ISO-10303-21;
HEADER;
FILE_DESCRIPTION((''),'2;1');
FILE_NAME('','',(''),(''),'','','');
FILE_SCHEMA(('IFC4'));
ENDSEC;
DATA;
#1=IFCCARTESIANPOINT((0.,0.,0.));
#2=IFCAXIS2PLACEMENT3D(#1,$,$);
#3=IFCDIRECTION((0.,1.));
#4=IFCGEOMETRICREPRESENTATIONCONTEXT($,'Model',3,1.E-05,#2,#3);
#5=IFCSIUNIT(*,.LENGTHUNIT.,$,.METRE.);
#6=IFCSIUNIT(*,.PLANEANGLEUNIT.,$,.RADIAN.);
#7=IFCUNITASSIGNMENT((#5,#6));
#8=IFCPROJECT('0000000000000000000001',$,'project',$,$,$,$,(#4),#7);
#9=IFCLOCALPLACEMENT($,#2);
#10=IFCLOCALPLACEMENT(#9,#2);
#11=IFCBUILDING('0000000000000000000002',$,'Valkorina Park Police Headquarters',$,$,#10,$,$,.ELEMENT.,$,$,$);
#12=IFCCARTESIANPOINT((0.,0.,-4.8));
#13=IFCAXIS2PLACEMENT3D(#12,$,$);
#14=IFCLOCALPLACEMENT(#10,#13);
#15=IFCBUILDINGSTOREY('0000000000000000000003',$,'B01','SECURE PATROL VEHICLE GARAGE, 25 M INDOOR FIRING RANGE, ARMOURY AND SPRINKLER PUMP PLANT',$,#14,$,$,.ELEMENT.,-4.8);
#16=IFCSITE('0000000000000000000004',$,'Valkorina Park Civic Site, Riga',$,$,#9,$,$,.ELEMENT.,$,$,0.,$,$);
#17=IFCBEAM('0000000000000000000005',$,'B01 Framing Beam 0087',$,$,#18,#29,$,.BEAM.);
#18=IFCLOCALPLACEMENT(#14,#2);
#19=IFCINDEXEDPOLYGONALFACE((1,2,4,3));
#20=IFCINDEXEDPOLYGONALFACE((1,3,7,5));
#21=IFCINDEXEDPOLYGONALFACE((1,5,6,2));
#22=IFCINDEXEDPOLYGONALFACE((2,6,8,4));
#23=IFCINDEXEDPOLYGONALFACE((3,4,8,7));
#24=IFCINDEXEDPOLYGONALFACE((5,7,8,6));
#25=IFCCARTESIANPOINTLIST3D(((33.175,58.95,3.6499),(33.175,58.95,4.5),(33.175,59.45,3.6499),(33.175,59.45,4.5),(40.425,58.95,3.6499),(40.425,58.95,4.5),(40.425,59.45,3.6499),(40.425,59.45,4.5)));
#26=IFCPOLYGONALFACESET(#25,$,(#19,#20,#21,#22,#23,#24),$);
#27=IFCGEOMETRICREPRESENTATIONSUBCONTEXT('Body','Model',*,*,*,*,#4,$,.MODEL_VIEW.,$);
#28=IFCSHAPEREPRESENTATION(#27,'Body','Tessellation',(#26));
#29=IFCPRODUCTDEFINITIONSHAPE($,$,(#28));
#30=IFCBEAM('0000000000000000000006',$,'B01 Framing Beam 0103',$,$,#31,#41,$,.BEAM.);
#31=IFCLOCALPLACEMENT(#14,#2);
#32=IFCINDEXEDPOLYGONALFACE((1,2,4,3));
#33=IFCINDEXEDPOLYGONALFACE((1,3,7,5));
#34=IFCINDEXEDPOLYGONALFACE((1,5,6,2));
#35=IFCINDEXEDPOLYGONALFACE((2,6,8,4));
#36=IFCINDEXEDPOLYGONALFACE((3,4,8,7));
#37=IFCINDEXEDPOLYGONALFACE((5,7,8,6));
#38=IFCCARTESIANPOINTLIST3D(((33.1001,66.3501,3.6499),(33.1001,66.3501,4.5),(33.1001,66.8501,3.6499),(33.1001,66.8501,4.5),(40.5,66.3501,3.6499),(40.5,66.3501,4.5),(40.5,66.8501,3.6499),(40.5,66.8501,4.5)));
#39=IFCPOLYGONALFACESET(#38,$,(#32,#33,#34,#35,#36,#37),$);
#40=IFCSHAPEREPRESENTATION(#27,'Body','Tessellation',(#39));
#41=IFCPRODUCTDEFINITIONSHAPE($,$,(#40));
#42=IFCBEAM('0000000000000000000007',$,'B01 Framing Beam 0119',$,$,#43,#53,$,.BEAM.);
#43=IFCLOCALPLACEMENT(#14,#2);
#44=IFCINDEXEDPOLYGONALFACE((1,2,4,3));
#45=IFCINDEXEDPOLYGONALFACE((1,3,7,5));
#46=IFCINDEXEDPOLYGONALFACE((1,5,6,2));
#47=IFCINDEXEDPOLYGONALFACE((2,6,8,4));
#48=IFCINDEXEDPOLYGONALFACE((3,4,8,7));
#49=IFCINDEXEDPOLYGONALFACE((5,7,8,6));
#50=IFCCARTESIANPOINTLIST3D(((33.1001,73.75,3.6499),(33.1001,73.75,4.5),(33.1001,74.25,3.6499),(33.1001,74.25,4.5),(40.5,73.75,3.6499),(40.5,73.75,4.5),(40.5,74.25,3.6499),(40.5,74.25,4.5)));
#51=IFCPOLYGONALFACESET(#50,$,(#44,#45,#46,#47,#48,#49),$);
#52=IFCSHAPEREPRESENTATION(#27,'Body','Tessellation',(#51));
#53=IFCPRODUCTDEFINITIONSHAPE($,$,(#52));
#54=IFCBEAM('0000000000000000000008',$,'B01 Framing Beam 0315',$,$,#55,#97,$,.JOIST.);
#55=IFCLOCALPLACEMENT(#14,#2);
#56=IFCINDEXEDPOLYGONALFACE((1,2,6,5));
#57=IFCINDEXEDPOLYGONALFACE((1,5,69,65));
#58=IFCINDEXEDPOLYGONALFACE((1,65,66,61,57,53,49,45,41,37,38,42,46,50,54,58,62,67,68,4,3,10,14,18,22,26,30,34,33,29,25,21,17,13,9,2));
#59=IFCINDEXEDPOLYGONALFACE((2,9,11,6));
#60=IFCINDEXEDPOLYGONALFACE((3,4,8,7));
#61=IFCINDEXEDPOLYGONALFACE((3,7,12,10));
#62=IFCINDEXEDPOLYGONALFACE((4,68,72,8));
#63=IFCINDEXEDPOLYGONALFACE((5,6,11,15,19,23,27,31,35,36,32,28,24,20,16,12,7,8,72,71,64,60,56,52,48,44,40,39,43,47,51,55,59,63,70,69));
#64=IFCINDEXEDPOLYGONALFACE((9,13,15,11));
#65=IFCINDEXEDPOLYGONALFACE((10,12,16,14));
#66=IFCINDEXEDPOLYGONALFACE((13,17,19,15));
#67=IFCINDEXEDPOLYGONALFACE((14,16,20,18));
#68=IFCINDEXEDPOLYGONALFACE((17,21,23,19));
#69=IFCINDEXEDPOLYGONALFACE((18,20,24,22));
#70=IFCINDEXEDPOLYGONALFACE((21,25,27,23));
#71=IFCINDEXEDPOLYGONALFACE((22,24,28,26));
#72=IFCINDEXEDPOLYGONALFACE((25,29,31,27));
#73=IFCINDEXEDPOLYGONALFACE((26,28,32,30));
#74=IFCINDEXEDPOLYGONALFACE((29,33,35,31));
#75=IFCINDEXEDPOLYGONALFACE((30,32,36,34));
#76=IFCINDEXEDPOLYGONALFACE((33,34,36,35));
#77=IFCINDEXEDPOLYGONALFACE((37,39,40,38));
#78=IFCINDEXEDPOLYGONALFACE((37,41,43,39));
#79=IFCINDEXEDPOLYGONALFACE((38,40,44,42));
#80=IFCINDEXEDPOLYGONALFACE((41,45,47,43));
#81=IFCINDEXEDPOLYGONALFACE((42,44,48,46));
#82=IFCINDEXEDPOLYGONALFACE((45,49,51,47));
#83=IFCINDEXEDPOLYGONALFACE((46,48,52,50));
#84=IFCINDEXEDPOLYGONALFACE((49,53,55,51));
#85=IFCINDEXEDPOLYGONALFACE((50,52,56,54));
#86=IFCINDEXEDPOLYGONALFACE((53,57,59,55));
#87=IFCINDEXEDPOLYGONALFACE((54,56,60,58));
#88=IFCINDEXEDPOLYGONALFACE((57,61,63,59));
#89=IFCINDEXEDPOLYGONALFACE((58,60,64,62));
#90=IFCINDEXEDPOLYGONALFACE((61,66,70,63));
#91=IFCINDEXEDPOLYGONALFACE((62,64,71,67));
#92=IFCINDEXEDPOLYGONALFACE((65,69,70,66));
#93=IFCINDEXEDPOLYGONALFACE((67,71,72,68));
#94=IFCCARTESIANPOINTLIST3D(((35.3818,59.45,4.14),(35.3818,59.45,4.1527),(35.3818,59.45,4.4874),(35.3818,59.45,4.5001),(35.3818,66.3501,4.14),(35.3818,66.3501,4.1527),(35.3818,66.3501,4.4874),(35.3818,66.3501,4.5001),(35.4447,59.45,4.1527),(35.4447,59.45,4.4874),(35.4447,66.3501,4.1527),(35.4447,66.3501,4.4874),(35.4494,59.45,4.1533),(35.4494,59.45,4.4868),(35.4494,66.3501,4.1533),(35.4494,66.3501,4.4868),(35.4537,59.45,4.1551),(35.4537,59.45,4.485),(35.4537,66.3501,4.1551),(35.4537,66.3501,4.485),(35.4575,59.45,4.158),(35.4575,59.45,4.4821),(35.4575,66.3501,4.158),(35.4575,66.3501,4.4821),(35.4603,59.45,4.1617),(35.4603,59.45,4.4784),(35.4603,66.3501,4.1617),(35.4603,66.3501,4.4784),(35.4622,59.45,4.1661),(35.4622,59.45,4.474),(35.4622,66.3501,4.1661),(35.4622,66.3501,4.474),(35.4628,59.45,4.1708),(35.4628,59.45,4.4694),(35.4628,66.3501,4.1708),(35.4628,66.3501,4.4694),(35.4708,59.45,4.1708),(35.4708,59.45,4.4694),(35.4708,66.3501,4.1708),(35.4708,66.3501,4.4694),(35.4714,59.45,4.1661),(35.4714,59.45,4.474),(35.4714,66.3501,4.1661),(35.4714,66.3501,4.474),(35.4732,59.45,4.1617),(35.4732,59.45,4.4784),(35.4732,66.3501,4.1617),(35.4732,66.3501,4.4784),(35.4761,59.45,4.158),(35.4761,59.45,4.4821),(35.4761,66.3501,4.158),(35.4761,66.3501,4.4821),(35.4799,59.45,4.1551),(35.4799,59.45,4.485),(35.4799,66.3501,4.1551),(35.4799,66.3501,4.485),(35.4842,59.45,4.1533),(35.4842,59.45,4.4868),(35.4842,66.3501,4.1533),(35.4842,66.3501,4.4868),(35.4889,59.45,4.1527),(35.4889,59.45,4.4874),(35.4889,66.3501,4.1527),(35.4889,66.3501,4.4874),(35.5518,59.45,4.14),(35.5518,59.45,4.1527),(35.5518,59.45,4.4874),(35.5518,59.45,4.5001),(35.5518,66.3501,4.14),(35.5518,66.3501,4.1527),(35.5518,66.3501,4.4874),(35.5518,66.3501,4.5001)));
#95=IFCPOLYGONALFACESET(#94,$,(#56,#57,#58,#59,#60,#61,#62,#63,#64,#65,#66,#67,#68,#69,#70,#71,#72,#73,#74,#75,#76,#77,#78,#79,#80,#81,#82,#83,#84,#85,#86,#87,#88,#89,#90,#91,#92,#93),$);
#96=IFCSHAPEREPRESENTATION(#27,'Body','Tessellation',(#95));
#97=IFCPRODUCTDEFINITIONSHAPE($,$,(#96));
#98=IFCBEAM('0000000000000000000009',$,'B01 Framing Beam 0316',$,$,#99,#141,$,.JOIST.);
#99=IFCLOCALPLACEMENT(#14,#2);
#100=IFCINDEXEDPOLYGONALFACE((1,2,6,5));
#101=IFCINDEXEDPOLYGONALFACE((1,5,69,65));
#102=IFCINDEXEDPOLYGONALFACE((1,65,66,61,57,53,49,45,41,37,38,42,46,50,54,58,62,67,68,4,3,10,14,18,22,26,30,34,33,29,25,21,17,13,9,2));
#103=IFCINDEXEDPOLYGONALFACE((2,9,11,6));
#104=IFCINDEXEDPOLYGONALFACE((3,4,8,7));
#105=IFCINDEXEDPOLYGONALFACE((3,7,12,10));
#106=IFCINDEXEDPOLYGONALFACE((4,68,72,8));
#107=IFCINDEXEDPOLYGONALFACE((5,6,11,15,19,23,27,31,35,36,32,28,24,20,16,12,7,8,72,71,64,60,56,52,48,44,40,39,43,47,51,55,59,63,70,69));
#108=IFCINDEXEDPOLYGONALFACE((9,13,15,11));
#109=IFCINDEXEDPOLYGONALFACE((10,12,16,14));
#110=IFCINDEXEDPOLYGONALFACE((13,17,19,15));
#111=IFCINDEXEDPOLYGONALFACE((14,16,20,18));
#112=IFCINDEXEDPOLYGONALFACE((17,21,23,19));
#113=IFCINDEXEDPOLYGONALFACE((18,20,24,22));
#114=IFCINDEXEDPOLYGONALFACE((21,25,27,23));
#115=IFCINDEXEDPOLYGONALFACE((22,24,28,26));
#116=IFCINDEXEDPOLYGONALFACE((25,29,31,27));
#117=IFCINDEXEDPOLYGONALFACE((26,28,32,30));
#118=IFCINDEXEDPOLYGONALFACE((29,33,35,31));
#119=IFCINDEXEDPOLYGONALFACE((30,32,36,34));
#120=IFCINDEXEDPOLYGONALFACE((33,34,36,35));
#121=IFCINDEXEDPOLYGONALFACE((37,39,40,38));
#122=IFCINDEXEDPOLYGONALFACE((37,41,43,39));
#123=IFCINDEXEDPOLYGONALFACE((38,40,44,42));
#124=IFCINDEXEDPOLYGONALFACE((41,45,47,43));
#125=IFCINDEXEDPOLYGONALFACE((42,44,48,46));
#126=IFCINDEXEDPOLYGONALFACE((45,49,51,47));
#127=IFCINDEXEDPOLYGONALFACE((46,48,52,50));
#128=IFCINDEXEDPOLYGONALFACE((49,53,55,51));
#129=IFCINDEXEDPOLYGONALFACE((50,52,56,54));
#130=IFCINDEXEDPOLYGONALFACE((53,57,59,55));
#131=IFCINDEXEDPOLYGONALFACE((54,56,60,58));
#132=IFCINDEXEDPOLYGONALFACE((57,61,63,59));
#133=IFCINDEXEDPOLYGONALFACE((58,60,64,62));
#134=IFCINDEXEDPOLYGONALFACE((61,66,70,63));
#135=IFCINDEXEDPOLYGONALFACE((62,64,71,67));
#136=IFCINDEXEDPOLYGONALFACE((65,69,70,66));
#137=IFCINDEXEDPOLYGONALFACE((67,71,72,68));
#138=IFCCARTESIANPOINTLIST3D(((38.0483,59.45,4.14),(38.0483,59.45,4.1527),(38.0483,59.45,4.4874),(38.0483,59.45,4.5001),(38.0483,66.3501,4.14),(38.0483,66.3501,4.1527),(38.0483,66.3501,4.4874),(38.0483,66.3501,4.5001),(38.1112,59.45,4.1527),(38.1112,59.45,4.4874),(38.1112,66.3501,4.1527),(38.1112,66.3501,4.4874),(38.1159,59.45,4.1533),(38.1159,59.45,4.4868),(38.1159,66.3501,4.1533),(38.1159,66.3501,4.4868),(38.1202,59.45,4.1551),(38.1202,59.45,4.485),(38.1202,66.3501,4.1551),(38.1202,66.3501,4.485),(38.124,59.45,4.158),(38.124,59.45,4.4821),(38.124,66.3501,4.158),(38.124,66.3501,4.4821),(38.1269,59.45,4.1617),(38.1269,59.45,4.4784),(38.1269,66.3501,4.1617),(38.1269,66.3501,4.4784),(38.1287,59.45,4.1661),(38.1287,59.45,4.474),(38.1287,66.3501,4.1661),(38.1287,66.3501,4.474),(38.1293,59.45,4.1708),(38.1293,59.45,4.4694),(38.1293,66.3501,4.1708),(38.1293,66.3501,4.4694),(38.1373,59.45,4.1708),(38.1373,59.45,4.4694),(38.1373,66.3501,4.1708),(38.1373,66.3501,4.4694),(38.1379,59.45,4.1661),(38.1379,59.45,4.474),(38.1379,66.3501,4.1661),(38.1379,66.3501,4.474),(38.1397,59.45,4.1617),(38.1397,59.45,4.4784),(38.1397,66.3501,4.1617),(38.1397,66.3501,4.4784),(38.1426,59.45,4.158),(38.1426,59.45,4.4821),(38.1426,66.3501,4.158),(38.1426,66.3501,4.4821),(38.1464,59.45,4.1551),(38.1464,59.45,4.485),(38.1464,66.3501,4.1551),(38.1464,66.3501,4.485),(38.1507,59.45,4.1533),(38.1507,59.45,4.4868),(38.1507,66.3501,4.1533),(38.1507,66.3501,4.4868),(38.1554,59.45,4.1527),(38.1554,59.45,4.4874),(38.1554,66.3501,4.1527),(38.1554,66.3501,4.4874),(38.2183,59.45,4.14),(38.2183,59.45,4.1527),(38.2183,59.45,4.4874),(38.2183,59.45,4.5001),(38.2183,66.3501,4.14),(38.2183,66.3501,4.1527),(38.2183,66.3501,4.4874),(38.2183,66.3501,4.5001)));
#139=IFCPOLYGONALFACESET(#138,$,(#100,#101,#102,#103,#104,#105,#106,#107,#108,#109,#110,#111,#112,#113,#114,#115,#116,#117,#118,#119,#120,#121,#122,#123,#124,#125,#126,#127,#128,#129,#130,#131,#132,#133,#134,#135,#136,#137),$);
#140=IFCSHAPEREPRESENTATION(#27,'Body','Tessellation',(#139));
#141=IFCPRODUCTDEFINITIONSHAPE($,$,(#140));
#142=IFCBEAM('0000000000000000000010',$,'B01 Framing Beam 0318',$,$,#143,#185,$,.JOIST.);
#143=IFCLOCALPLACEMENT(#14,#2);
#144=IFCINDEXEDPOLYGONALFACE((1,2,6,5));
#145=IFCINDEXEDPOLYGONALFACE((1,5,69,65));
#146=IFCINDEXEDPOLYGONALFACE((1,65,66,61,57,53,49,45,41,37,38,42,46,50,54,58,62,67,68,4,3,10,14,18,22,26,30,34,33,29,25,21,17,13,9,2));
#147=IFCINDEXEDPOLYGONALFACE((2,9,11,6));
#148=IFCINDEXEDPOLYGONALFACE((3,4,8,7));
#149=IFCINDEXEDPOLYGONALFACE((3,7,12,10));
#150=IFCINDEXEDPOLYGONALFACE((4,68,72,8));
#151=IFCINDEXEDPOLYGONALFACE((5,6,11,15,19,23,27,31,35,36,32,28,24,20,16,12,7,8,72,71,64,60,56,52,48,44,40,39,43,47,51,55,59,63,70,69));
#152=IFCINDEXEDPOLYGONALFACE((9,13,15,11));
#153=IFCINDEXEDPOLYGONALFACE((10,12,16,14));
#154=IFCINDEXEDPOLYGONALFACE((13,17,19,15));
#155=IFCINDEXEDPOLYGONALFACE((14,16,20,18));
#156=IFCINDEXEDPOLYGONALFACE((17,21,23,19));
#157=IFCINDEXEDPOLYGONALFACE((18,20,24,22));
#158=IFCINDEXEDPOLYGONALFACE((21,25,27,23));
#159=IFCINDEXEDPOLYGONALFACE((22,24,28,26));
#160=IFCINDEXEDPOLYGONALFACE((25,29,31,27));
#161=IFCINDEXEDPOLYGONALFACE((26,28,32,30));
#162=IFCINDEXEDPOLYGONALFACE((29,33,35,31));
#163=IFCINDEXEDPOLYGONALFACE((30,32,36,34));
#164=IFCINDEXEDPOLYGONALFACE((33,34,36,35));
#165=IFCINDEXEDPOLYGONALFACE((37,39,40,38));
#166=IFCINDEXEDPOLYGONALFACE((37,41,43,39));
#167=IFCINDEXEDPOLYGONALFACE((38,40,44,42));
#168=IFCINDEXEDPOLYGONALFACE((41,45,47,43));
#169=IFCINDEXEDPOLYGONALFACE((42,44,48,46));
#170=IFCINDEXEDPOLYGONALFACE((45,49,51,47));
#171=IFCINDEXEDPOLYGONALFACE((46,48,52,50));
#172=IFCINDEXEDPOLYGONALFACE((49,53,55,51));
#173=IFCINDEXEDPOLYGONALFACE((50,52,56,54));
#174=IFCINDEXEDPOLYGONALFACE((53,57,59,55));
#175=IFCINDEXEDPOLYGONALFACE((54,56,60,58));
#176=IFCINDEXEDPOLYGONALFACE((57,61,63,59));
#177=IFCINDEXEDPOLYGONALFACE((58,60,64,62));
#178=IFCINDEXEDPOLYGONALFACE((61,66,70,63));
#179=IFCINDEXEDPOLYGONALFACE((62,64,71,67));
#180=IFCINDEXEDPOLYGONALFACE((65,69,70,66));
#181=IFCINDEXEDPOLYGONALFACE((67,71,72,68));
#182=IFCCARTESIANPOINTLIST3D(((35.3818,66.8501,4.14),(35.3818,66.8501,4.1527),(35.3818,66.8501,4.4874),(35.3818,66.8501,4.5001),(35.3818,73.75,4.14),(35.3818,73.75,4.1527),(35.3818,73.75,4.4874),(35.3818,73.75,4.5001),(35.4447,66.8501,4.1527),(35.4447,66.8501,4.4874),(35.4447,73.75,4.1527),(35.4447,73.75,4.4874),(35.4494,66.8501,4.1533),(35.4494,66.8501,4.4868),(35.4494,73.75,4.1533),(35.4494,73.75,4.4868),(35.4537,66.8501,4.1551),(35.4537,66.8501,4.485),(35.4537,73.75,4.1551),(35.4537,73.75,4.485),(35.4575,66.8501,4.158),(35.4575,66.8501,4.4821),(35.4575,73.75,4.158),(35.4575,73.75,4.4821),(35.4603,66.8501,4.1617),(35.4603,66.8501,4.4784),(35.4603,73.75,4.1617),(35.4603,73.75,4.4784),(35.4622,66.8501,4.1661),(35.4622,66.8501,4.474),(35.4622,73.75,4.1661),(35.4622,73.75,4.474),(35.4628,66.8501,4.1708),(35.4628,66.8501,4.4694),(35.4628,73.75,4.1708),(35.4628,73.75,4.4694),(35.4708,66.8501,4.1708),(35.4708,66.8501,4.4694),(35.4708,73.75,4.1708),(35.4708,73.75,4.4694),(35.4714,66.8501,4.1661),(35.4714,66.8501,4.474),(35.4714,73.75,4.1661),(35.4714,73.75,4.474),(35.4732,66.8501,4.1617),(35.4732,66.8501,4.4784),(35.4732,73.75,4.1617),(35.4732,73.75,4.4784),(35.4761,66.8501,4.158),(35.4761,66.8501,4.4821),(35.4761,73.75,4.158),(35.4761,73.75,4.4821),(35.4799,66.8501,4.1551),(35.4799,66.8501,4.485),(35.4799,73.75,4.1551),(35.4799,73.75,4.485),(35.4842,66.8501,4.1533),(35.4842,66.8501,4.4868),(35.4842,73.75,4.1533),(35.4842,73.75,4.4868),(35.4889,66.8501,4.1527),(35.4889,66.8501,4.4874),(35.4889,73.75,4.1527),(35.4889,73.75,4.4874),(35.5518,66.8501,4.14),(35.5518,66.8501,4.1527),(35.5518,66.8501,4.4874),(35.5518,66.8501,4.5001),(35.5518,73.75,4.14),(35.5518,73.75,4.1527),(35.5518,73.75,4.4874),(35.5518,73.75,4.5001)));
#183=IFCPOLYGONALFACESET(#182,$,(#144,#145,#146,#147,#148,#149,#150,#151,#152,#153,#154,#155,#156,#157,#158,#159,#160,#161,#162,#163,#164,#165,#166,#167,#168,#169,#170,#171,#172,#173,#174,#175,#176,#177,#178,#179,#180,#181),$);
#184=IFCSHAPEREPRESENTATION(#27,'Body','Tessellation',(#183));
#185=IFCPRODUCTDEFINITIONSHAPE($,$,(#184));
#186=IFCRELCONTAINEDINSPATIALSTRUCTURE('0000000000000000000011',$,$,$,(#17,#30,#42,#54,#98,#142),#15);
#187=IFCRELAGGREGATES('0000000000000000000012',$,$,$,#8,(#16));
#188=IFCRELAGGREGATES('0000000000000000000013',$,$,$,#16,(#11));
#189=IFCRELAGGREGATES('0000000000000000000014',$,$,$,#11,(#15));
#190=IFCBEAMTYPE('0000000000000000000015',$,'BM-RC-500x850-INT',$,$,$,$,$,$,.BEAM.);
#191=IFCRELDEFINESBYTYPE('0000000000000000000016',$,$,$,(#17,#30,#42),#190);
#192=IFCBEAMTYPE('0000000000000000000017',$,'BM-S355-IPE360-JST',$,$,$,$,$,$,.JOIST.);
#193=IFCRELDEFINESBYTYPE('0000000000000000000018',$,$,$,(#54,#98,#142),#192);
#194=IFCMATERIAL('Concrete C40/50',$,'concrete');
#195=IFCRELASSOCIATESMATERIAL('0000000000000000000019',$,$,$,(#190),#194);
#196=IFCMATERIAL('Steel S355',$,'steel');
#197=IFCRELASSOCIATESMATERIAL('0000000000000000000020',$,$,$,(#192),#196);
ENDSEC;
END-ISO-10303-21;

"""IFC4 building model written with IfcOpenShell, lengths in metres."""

from ifc_helpers import new_model, si_unit, direction, frame, origin, origin_2d, place, context, subcontext, project, spatial, rectangle, i_section, extrude, material, material_profile, profile_set, type_object, element, save


model = new_model("IFC4")

# Units and contexts
model_context = context("Model", 3, precision=1e-05, world=origin(), true_north=direction((0.0, 1.0)))
body_context = subcontext(model_context, "Body", "Model", "MODEL_VIEW")
ifc_project = project(units=[si_unit("LENGTHUNIT", "METRE"), si_unit("PLANEANGLEUNIT", "RADIAN")], contexts=[model_context])

# Site, building, storey
site_placement = place(None, origin())
site = spatial("IfcSite", under=ifc_project, at=site_placement, Name="Valkorina Park Civic Site, Riga", CompositionType="ELEMENT", RefElevation=0.0)
building_placement = place(site_placement, origin())
building = spatial("IfcBuilding", under=site, at=building_placement, Name="Valkorina Park Police Headquarters", CompositionType="ELEMENT")
storey_placement = place(building_placement, frame((0.0, 0.0, -4.8)))
storey = spatial("IfcBuildingStorey", under=building, at=storey_placement, Name="B01", Description="SECURE PATROL VEHICLE GARAGE, 25 M INDOOR FIRING RANGE, ARMOURY AND SPRINKLER PUMP PLANT", CompositionType="ELEMENT", Elevation=-4.8)

# Shared definitions
ifc_material_1 = material(Name="Concrete C40/50", Category="concrete")

# Beams
ifc_material_profile_1 = material_profile(ifc_material_1, rectangle(XDim=0.5, YDim=0.8501, at=origin_2d()), Name="RC BEAM 500x850")
ifc_profile_set_1 = profile_set([ifc_material_profile_1], Name="Concrete C40/50")
beam_type_1 = type_object("IfcBeamType", Name="BM-RC-500x850-INT", PredefinedType="BEAM", material=ifc_profile_set_1)
beam_1_placement = place(storey_placement, frame((33.175, 59.2, 4.075), z_axis=(1.0, 0.0, 0.0), x_axis=(0.0, 1.0, 0.0)))
element("IfcBeam", 1, at=beam_1_placement, inside=storey, type_object=beam_type_1, Name="B01 Framing Beam 0087", PredefinedType="BEAM", context=body_context, shape_type="SweptSolid", body=[
    extrude(rectangle(XDim=0.5, YDim=0.8501, at=origin_2d()), origin(), (0.0, 0.0, 1.0), 7.25),
])
for number, where, z_axis, x_axis, name in (
    (2, (33.1001, 66.6001, 4.075), (1.0, 0.0, 0.0), (0.0, 1.0, 0.0), "B01 Framing Beam 0103"),
    (3, (33.1001, 74.0, 4.075), (1.0, 0.0, 0.0), (0.0, 1.0, 0.0), "B01 Framing Beam 0119"),
):
    element("IfcBeam", number, at=place(storey_placement, frame(where, z_axis=z_axis, x_axis=x_axis)), inside=storey, type_object=beam_type_1, Name=name, PredefinedType="BEAM", context=body_context, shape_type="SweptSolid", body=[
        extrude(rectangle(XDim=0.5, YDim=0.8501, at=origin_2d()), origin(), (0.0, 0.0, 1.0), 7.3999),
    ])
ifc_material_2 = material(Name="Steel S355", Category="steel")
ifc_material_profile_2 = material_profile(ifc_material_2, i_section(OverallWidth=0.1699, OverallDepth=0.3601, WebThickness=0.0081, FlangeThickness=0.0127, FilletRadius=0.0181, at=origin_2d()), Name="IPE 360")
ifc_profile_set_2 = profile_set([ifc_material_profile_2], Name="Steel S355")
beam_type_2 = type_object("IfcBeamType", Name="BM-S355-IPE360-JST", PredefinedType="JOIST", material=ifc_profile_set_2)
for number, where, z_axis, x_axis, name in (
    (4, (35.4668, 59.45, 4.3201), (0.0, 1.0, 0.0), (-1.0, 0.0, 0.0), "B01 Framing Beam 0315"),
    (5, (38.1333, 59.45, 4.3201), (0.0, 1.0, 0.0), (-1.0, 0.0, 0.0), "B01 Framing Beam 0316"),
):
    element("IfcBeam", number, at=place(storey_placement, frame(where, z_axis=z_axis, x_axis=x_axis)), inside=storey, type_object=beam_type_2, Name=name, PredefinedType="JOIST", context=body_context, shape_type="SweptSolid", body=[
        extrude(i_section(OverallWidth=0.1699, OverallDepth=0.3601, WebThickness=0.0081, FlangeThickness=0.0127, FilletRadius=0.0181, at=origin_2d()), origin(), (0.0, 0.0, 1.0), 6.9001),
    ])
for number, where, z_axis, x_axis, name in (
    (6, (35.4668, 66.8501, 4.3201), (0.0, 1.0, 0.0), (-1.0, 0.0, 0.0), "B01 Framing Beam 0318"),
):
    element("IfcBeam", number, at=place(storey_placement, frame(where, z_axis=z_axis, x_axis=x_axis)), inside=storey, type_object=beam_type_2, Name=name, PredefinedType="JOIST", context=body_context, shape_type="SweptSolid", body=[
        extrude(i_section(OverallWidth=0.1699, OverallDepth=0.3601, WebThickness=0.0081, FlangeThickness=0.0127, FilletRadius=0.0181, at=origin_2d()), origin(), (0.0, 0.0, 1.0), 6.8999),
    ])

save(model, "model.ifc")
